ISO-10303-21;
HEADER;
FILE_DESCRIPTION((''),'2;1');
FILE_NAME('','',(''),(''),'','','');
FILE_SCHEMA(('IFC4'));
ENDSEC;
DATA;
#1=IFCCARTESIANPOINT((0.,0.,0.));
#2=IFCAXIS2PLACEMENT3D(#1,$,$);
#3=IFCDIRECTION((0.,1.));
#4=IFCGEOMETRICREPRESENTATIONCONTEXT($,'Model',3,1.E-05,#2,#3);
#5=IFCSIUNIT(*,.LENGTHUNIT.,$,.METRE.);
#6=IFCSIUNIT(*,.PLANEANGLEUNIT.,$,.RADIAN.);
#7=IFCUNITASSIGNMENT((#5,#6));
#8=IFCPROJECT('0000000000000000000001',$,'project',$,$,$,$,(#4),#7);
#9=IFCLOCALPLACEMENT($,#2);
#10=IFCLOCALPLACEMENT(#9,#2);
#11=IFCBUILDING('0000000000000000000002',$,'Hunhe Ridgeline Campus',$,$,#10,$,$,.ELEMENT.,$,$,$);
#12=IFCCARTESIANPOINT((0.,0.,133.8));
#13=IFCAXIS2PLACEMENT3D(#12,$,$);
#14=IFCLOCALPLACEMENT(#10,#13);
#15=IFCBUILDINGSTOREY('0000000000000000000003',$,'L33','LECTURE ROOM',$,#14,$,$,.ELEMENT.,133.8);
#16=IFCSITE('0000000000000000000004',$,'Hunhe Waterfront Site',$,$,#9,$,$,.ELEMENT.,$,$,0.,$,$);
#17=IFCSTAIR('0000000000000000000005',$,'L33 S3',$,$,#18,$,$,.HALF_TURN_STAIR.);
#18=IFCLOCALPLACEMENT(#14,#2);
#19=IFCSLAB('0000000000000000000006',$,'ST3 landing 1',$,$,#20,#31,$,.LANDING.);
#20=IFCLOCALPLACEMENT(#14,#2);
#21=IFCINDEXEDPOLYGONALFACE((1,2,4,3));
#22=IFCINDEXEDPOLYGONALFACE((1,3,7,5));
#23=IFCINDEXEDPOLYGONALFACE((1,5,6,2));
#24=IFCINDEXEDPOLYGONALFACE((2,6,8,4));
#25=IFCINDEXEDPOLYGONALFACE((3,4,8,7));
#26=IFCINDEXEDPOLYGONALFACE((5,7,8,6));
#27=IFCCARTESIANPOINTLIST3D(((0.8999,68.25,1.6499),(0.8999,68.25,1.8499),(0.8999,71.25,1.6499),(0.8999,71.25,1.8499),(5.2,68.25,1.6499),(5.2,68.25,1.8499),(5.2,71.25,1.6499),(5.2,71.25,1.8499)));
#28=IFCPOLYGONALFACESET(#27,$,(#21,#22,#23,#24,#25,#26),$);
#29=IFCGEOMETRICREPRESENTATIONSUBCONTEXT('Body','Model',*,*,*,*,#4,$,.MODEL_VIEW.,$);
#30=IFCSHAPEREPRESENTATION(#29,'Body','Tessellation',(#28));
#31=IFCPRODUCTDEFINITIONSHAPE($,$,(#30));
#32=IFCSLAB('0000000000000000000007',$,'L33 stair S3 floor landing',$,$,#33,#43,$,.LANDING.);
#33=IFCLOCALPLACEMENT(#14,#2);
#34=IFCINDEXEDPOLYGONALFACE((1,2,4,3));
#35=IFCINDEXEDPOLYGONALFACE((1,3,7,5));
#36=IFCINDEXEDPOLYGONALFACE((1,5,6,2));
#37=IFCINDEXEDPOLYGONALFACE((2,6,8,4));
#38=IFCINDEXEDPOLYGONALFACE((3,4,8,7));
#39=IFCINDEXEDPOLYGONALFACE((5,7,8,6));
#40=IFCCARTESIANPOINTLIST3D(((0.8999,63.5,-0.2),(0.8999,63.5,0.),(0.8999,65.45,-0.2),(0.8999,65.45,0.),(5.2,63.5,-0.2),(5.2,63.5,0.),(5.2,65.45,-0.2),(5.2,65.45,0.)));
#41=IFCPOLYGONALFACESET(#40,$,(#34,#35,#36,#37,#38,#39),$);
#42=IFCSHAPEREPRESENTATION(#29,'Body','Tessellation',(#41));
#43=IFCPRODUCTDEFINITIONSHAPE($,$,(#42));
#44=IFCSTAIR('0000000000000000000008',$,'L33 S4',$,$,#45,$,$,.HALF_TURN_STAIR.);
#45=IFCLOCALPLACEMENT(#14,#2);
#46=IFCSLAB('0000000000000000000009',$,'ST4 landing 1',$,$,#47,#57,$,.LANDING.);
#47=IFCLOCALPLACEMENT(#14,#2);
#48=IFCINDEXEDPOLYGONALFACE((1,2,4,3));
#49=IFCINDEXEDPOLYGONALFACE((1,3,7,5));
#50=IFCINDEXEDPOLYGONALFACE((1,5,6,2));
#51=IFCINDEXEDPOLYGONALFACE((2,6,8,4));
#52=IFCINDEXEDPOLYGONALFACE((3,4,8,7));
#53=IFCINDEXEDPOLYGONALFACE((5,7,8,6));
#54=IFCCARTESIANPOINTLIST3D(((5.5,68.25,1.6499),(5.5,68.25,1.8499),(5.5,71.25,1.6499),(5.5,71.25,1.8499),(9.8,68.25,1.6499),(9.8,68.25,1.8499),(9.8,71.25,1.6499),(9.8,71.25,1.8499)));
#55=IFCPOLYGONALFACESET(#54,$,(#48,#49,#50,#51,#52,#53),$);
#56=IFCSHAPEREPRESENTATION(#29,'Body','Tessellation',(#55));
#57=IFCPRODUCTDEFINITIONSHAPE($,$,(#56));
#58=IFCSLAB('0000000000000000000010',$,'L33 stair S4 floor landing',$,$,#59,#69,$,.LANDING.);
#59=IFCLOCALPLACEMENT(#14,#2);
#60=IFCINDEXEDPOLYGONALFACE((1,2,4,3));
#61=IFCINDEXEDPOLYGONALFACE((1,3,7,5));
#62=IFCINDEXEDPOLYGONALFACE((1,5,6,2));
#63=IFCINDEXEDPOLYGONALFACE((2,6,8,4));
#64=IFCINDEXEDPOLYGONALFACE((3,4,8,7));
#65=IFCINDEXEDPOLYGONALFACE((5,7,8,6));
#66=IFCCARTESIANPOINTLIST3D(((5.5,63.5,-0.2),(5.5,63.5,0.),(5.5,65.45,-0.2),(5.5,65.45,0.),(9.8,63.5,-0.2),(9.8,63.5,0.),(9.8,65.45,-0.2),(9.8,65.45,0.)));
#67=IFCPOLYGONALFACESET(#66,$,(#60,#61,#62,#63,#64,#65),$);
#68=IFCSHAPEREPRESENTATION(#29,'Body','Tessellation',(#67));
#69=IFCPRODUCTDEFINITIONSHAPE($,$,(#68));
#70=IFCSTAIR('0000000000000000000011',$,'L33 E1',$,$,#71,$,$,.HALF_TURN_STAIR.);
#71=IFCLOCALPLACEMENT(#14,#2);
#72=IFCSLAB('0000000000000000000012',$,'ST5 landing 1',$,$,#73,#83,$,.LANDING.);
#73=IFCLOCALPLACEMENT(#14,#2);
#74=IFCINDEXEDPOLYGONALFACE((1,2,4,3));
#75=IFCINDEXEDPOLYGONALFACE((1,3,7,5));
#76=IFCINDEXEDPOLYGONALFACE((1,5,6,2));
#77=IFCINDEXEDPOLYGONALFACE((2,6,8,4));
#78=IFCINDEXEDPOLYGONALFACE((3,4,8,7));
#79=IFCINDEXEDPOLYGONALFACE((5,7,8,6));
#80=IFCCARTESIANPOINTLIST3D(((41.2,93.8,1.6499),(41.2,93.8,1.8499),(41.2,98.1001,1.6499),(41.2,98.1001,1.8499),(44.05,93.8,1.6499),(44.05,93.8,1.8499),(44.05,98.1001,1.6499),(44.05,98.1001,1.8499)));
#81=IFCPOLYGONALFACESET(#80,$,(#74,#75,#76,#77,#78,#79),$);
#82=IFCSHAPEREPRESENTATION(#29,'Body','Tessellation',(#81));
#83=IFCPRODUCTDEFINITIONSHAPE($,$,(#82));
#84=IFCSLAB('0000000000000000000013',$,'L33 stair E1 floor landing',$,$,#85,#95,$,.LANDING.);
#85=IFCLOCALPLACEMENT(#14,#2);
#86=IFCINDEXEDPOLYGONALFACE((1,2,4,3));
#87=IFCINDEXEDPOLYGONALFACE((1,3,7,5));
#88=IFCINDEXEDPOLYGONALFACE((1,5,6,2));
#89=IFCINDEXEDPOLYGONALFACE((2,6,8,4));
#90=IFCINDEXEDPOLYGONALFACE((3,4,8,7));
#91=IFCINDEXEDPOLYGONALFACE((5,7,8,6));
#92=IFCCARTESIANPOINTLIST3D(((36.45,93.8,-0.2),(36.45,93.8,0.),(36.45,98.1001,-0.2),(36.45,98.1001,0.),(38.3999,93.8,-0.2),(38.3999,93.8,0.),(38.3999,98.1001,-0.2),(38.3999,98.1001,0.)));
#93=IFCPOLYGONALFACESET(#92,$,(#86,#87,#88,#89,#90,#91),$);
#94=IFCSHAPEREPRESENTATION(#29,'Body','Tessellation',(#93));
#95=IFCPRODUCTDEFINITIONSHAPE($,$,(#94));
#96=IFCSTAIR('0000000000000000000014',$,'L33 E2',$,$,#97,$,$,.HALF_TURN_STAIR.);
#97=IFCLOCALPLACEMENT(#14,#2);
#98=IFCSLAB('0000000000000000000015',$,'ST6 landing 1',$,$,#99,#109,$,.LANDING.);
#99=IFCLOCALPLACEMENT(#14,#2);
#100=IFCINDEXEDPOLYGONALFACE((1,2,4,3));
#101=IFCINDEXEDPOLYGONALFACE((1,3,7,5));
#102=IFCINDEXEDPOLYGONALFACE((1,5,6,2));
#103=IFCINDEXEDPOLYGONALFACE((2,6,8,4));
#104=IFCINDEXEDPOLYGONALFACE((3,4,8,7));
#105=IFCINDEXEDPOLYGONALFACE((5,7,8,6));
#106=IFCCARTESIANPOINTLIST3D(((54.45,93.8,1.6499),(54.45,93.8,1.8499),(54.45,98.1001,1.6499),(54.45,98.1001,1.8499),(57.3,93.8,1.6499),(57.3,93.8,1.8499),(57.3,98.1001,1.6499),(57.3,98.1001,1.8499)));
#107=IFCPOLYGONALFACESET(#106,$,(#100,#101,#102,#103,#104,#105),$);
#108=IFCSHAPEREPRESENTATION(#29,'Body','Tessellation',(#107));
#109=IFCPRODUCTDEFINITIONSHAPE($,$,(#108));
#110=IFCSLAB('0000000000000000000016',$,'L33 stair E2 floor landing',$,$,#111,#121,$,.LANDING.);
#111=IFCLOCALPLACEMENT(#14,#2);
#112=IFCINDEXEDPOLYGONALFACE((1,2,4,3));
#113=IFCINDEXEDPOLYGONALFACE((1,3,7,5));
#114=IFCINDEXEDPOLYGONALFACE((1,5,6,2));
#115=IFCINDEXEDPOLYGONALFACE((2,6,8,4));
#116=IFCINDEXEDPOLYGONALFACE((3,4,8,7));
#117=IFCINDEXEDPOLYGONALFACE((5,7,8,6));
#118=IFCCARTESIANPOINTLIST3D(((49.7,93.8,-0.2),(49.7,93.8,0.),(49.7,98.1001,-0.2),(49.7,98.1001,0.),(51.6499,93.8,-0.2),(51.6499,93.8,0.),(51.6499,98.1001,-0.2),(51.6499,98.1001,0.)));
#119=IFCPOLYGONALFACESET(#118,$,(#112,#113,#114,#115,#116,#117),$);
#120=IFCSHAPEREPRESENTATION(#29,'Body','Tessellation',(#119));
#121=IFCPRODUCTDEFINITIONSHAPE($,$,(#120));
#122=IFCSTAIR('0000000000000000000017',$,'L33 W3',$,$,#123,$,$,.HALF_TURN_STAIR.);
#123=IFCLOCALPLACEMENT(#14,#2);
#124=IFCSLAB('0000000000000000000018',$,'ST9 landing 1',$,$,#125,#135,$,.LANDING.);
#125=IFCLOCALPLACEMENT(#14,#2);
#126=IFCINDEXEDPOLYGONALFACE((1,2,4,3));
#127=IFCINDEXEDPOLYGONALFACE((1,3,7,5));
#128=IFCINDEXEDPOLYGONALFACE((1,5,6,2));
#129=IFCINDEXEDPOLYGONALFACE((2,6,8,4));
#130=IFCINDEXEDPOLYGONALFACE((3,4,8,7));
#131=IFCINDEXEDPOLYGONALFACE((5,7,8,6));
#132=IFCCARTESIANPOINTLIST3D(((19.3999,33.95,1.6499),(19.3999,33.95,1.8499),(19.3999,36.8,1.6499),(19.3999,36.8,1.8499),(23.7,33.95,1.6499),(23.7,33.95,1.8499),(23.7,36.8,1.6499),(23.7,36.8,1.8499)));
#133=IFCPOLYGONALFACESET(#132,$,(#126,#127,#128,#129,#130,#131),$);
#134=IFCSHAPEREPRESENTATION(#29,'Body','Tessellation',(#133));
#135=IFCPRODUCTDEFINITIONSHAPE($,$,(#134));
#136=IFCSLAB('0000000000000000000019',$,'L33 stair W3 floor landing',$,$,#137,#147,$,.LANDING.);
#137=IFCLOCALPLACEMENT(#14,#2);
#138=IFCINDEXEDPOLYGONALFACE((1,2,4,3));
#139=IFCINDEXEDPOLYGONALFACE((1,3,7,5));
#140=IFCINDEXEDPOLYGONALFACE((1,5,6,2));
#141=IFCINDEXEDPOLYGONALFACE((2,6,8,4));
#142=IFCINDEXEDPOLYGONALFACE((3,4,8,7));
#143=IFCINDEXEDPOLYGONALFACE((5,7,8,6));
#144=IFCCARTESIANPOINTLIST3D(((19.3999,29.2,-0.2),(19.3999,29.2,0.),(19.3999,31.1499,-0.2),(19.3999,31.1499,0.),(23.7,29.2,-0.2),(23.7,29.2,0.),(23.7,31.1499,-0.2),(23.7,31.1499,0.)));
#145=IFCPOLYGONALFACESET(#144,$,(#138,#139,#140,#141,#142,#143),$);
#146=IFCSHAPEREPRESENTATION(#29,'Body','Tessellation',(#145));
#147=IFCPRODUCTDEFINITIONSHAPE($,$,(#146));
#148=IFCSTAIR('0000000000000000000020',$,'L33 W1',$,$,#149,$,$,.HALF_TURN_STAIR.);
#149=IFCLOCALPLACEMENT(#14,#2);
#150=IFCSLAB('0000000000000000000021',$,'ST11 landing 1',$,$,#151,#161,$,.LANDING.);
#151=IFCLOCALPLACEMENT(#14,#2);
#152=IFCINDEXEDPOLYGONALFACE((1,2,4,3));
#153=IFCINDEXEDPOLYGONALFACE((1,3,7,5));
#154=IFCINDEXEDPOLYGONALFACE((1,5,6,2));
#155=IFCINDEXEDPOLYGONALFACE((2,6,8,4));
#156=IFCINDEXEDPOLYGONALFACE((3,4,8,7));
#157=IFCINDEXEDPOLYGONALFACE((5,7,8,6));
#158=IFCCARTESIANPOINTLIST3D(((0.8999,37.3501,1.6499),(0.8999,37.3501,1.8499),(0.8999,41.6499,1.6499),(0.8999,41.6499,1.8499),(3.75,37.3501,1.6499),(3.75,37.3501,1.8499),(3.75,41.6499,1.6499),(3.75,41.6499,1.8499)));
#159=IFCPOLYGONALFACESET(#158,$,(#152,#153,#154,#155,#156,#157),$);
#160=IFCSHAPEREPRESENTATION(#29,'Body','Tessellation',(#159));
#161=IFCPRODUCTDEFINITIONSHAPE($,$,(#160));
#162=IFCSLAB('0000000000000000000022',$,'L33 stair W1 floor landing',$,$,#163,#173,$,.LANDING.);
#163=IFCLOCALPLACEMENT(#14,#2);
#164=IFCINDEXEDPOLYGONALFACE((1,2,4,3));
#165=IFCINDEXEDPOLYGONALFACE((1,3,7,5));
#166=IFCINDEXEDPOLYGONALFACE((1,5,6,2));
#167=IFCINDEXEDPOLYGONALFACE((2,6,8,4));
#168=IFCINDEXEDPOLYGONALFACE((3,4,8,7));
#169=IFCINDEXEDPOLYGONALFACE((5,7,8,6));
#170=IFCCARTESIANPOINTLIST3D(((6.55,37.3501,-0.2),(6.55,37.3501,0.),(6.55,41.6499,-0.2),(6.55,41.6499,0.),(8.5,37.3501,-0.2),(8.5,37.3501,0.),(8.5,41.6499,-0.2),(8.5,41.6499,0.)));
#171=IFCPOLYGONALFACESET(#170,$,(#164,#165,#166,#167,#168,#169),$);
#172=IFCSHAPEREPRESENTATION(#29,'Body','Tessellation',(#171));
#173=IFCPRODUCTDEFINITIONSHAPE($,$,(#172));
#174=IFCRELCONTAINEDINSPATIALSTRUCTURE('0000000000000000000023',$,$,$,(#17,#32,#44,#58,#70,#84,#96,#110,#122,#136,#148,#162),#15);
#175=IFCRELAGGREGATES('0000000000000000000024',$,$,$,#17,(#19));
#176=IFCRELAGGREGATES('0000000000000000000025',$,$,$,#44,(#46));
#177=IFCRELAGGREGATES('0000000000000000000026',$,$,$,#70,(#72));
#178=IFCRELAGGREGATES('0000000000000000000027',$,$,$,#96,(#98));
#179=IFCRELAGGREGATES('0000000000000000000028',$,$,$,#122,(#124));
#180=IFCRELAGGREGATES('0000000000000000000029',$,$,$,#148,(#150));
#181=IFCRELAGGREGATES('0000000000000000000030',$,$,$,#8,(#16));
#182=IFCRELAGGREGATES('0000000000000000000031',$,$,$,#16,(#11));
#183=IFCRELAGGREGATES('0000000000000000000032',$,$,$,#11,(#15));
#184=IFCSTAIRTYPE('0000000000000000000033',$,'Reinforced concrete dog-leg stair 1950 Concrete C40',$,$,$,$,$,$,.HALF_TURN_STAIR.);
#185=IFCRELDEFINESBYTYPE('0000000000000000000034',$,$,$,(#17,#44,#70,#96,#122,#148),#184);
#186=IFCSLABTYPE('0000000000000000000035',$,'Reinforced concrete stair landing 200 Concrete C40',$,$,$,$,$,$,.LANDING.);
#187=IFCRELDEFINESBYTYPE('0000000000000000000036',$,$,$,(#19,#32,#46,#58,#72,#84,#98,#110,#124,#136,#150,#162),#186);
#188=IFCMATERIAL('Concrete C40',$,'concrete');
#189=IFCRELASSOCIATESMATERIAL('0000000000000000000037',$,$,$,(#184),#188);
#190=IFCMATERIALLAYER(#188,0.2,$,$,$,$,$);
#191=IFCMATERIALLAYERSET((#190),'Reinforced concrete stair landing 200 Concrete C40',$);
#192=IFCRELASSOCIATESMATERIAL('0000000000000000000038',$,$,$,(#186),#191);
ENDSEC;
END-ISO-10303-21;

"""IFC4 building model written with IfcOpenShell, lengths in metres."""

from ifc_helpers import new_model, si_unit, direction, frame, origin, place, context, subcontext, project, spatial, polyline, outline, extrude, material, layer, layer_set, type_object, element, aggregate, save


model = new_model("IFC4")

# Units and contexts
model_context = context("Model", 3, precision=1e-05, world=origin(), true_north=direction((0.0, 1.0)))
body_context = subcontext(model_context, "Body", "Model", "MODEL_VIEW")
ifc_project = project(units=[si_unit("LENGTHUNIT", "METRE"), si_unit("PLANEANGLEUNIT", "RADIAN")], contexts=[model_context])

# Site, building, storey
site_placement = place(None, origin())
site = spatial("IfcSite", under=ifc_project, at=site_placement, Name="Hunhe Waterfront Site", CompositionType="ELEMENT", RefElevation=0.0)
building_placement = place(site_placement, origin())
building = spatial("IfcBuilding", under=site, at=building_placement, Name="Hunhe Ridgeline Campus", CompositionType="ELEMENT")
storey_placement = place(building_placement, frame((0.0, 0.0, 133.8)))
storey = spatial("IfcBuildingStorey", under=building, at=storey_placement, Name="L33", Description="LECTURE ROOM", CompositionType="ELEMENT", Elevation=133.8)

# Shared definitions
ifc_material_1 = material(Name="Concrete C40", Category="concrete")

# Shared definitions
stair_type = type_object("IfcStairType", Name="Reinforced concrete dog-leg stair 1950 Concrete C40", PredefinedType="HALF_TURN_STAIR", material=ifc_material_1)
ifc_layer_1 = layer(ifc_material_1, 0.2)
ifc_layer_set_1 = layer_set([ifc_layer_1], Name="Reinforced concrete stair landing 200 Concrete C40")
slab_type_1 = type_object("IfcSlabType", Name="Reinforced concrete stair landing 200 Concrete C40", PredefinedType="LANDING", material=ifc_layer_set_1)

# Stair, slab
stair_1_placement = place(storey_placement, origin())
stair_1 = element("IfcStair", 1, at=stair_1_placement, inside=storey, type_object=stair_type, Name="L33 S3", PredefinedType="HALF_TURN_STAIR")
slab_1_placement = place(storey_placement, frame((0.0, 0.0, 1.6499)))
slab_1 = element("IfcSlab", 2, at=slab_1_placement, type_object=slab_type_1, Name="ST3 landing 1", PredefinedType="LANDING", context=body_context, shape_type="SweptSolid", body=[
    extrude(outline(polyline([(5.2, 68.25), (5.2, 71.25), (0.8999, 71.25), (0.8999, 68.25), (5.2, 68.25)])), origin(), (0.0, 0.0, 1.0), 0.2),
])
aggregate(stair_1, [slab_1])

# Slab
slab_2_placement = place(storey_placement, frame((0.0, 0.0, -0.2)))
element("IfcSlab", 3, at=slab_2_placement, inside=storey, type_object=slab_type_1, Name="L33 stair S3 floor landing", PredefinedType="LANDING", context=body_context, shape_type="SweptSolid", body=[
    extrude(outline(polyline([(5.2, 63.5), (5.2, 65.45), (0.8999, 65.45), (0.8999, 63.5), (5.2, 63.5)])), origin(), (0.0, 0.0, 1.0), 0.2),
])

# Stair, slab
stair_2_placement = place(storey_placement, origin())
stair_2 = element("IfcStair", 4, at=stair_2_placement, inside=storey, type_object=stair_type, Name="L33 S4", PredefinedType="HALF_TURN_STAIR")
slab_3_placement = place(storey_placement, frame((0.0, 0.0, 1.6499)))
slab_3 = element("IfcSlab", 5, at=slab_3_placement, type_object=slab_type_1, Name="ST4 landing 1", PredefinedType="LANDING", context=body_context, shape_type="SweptSolid", body=[
    extrude(outline(polyline([(9.8, 68.25), (9.8, 71.25), (5.5, 71.25), (5.5, 68.25), (9.8, 68.25)])), origin(), (0.0, 0.0, 1.0), 0.2),
])
aggregate(stair_2, [slab_3])

# Slab
slab_4_placement = place(storey_placement, frame((0.0, 0.0, -0.2)))
element("IfcSlab", 6, at=slab_4_placement, inside=storey, type_object=slab_type_1, Name="L33 stair S4 floor landing", PredefinedType="LANDING", context=body_context, shape_type="SweptSolid", body=[
    extrude(outline(polyline([(9.8, 63.5), (9.8, 65.45), (5.5, 65.45), (5.5, 63.5), (9.8, 63.5)])), origin(), (0.0, 0.0, 1.0), 0.2),
])

# Stair, slab
stair_3_placement = place(storey_placement, origin())
stair_3 = element("IfcStair", 7, at=stair_3_placement, inside=storey, type_object=stair_type, Name="L33 E1", PredefinedType="HALF_TURN_STAIR")
slab_5_placement = place(storey_placement, frame((0.0, 0.0, 1.6499)))
slab_5 = element("IfcSlab", 8, at=slab_5_placement, type_object=slab_type_1, Name="ST5 landing 1", PredefinedType="LANDING", context=body_context, shape_type="SweptSolid", body=[
    extrude(outline(polyline([(41.2, 93.8), (44.05, 93.8), (44.05, 98.1001), (41.2, 98.1001), (41.2, 93.8)])), origin(), (0.0, 0.0, 1.0), 0.2),
])
aggregate(stair_3, [slab_5])

# Slab
slab_6_placement = place(storey_placement, frame((0.0, 0.0, -0.2)))
element("IfcSlab", 9, at=slab_6_placement, inside=storey, type_object=slab_type_1, Name="L33 stair E1 floor landing", PredefinedType="LANDING", context=body_context, shape_type="SweptSolid", body=[
    extrude(outline(polyline([(36.45, 93.8), (38.3999, 93.8), (38.3999, 98.1001), (36.45, 98.1001), (36.45, 93.8)])), origin(), (0.0, 0.0, 1.0), 0.2),
])

# Stair, slab
stair_4_placement = place(storey_placement, origin())
stair_4 = element("IfcStair", 10, at=stair_4_placement, inside=storey, type_object=stair_type, Name="L33 E2", PredefinedType="HALF_TURN_STAIR")
slab_7_placement = place(storey_placement, frame((0.0, 0.0, 1.6499)))
slab_7 = element("IfcSlab", 11, at=slab_7_placement, type_object=slab_type_1, Name="ST6 landing 1", PredefinedType="LANDING", context=body_context, shape_type="SweptSolid", body=[
    extrude(outline(polyline([(54.45, 93.8), (57.3, 93.8), (57.3, 98.1001), (54.45, 98.1001), (54.45, 93.8)])), origin(), (0.0, 0.0, 1.0), 0.2),
])
aggregate(stair_4, [slab_7])

# Slab
slab_8_placement = place(storey_placement, frame((0.0, 0.0, -0.2)))
element("IfcSlab", 12, at=slab_8_placement, inside=storey, type_object=slab_type_1, Name="L33 stair E2 floor landing", PredefinedType="LANDING", context=body_context, shape_type="SweptSolid", body=[
    extrude(outline(polyline([(49.7, 93.8), (51.6499, 93.8), (51.6499, 98.1001), (49.7, 98.1001), (49.7, 93.8)])), origin(), (0.0, 0.0, 1.0), 0.2),
])

# Stair, slab
stair_5_placement = place(storey_placement, origin())
stair_5 = element("IfcStair", 13, at=stair_5_placement, inside=storey, type_object=stair_type, Name="L33 W3", PredefinedType="HALF_TURN_STAIR")
slab_9_placement = place(storey_placement, frame((0.0, 0.0, 1.6499)))
slab_9 = element("IfcSlab", 14, at=slab_9_placement, type_object=slab_type_1, Name="ST9 landing 1", PredefinedType="LANDING", context=body_context, shape_type="SweptSolid", body=[
    extrude(outline(polyline([(23.7, 33.95), (23.7, 36.8), (19.3999, 36.8), (19.3999, 33.95), (23.7, 33.95)])), origin(), (0.0, 0.0, 1.0), 0.2),
])
aggregate(stair_5, [slab_9])

# Slab
slab_10_placement = place(storey_placement, frame((0.0, 0.0, -0.2)))
element("IfcSlab", 15, at=slab_10_placement, inside=storey, type_object=slab_type_1, Name="L33 stair W3 floor landing", PredefinedType="LANDING", context=body_context, shape_type="SweptSolid", body=[
    extrude(outline(polyline([(23.7, 29.2), (23.7, 31.1499), (19.3999, 31.1499), (19.3999, 29.2), (23.7, 29.2)])), origin(), (0.0, 0.0, 1.0), 0.2),
])

# Stair, slab
stair_6_placement = place(storey_placement, origin())
stair_6 = element("IfcStair", 16, at=stair_6_placement, inside=storey, type_object=stair_type, Name="L33 W1", PredefinedType="HALF_TURN_STAIR")
slab_11_placement = place(storey_placement, frame((0.0, 0.0, 1.6499)))
slab_11 = element("IfcSlab", 17, at=slab_11_placement, type_object=slab_type_1, Name="ST11 landing 1", PredefinedType="LANDING", context=body_context, shape_type="SweptSolid", body=[
    extrude(outline(polyline([(3.75, 41.6499), (0.8999, 41.6499), (0.8999, 37.3501), (3.75, 37.3501), (3.75, 41.6499)])), origin(), (0.0, 0.0, 1.0), 0.2),
])
aggregate(stair_6, [slab_11])

# Slab
slab_12_placement = place(storey_placement, frame((0.0, 0.0, -0.2)))
element("IfcSlab", 18, at=slab_12_placement, inside=storey, type_object=slab_type_1, Name="L33 stair W1 floor landing", PredefinedType="LANDING", context=body_context, shape_type="SweptSolid", body=[
    extrude(outline(polyline([(8.5, 41.6499), (6.55, 41.6499), (6.55, 37.3501), (8.5, 37.3501), (8.5, 41.6499)])), origin(), (0.0, 0.0, 1.0), 0.2),
])

save(model, "model.ifc")
